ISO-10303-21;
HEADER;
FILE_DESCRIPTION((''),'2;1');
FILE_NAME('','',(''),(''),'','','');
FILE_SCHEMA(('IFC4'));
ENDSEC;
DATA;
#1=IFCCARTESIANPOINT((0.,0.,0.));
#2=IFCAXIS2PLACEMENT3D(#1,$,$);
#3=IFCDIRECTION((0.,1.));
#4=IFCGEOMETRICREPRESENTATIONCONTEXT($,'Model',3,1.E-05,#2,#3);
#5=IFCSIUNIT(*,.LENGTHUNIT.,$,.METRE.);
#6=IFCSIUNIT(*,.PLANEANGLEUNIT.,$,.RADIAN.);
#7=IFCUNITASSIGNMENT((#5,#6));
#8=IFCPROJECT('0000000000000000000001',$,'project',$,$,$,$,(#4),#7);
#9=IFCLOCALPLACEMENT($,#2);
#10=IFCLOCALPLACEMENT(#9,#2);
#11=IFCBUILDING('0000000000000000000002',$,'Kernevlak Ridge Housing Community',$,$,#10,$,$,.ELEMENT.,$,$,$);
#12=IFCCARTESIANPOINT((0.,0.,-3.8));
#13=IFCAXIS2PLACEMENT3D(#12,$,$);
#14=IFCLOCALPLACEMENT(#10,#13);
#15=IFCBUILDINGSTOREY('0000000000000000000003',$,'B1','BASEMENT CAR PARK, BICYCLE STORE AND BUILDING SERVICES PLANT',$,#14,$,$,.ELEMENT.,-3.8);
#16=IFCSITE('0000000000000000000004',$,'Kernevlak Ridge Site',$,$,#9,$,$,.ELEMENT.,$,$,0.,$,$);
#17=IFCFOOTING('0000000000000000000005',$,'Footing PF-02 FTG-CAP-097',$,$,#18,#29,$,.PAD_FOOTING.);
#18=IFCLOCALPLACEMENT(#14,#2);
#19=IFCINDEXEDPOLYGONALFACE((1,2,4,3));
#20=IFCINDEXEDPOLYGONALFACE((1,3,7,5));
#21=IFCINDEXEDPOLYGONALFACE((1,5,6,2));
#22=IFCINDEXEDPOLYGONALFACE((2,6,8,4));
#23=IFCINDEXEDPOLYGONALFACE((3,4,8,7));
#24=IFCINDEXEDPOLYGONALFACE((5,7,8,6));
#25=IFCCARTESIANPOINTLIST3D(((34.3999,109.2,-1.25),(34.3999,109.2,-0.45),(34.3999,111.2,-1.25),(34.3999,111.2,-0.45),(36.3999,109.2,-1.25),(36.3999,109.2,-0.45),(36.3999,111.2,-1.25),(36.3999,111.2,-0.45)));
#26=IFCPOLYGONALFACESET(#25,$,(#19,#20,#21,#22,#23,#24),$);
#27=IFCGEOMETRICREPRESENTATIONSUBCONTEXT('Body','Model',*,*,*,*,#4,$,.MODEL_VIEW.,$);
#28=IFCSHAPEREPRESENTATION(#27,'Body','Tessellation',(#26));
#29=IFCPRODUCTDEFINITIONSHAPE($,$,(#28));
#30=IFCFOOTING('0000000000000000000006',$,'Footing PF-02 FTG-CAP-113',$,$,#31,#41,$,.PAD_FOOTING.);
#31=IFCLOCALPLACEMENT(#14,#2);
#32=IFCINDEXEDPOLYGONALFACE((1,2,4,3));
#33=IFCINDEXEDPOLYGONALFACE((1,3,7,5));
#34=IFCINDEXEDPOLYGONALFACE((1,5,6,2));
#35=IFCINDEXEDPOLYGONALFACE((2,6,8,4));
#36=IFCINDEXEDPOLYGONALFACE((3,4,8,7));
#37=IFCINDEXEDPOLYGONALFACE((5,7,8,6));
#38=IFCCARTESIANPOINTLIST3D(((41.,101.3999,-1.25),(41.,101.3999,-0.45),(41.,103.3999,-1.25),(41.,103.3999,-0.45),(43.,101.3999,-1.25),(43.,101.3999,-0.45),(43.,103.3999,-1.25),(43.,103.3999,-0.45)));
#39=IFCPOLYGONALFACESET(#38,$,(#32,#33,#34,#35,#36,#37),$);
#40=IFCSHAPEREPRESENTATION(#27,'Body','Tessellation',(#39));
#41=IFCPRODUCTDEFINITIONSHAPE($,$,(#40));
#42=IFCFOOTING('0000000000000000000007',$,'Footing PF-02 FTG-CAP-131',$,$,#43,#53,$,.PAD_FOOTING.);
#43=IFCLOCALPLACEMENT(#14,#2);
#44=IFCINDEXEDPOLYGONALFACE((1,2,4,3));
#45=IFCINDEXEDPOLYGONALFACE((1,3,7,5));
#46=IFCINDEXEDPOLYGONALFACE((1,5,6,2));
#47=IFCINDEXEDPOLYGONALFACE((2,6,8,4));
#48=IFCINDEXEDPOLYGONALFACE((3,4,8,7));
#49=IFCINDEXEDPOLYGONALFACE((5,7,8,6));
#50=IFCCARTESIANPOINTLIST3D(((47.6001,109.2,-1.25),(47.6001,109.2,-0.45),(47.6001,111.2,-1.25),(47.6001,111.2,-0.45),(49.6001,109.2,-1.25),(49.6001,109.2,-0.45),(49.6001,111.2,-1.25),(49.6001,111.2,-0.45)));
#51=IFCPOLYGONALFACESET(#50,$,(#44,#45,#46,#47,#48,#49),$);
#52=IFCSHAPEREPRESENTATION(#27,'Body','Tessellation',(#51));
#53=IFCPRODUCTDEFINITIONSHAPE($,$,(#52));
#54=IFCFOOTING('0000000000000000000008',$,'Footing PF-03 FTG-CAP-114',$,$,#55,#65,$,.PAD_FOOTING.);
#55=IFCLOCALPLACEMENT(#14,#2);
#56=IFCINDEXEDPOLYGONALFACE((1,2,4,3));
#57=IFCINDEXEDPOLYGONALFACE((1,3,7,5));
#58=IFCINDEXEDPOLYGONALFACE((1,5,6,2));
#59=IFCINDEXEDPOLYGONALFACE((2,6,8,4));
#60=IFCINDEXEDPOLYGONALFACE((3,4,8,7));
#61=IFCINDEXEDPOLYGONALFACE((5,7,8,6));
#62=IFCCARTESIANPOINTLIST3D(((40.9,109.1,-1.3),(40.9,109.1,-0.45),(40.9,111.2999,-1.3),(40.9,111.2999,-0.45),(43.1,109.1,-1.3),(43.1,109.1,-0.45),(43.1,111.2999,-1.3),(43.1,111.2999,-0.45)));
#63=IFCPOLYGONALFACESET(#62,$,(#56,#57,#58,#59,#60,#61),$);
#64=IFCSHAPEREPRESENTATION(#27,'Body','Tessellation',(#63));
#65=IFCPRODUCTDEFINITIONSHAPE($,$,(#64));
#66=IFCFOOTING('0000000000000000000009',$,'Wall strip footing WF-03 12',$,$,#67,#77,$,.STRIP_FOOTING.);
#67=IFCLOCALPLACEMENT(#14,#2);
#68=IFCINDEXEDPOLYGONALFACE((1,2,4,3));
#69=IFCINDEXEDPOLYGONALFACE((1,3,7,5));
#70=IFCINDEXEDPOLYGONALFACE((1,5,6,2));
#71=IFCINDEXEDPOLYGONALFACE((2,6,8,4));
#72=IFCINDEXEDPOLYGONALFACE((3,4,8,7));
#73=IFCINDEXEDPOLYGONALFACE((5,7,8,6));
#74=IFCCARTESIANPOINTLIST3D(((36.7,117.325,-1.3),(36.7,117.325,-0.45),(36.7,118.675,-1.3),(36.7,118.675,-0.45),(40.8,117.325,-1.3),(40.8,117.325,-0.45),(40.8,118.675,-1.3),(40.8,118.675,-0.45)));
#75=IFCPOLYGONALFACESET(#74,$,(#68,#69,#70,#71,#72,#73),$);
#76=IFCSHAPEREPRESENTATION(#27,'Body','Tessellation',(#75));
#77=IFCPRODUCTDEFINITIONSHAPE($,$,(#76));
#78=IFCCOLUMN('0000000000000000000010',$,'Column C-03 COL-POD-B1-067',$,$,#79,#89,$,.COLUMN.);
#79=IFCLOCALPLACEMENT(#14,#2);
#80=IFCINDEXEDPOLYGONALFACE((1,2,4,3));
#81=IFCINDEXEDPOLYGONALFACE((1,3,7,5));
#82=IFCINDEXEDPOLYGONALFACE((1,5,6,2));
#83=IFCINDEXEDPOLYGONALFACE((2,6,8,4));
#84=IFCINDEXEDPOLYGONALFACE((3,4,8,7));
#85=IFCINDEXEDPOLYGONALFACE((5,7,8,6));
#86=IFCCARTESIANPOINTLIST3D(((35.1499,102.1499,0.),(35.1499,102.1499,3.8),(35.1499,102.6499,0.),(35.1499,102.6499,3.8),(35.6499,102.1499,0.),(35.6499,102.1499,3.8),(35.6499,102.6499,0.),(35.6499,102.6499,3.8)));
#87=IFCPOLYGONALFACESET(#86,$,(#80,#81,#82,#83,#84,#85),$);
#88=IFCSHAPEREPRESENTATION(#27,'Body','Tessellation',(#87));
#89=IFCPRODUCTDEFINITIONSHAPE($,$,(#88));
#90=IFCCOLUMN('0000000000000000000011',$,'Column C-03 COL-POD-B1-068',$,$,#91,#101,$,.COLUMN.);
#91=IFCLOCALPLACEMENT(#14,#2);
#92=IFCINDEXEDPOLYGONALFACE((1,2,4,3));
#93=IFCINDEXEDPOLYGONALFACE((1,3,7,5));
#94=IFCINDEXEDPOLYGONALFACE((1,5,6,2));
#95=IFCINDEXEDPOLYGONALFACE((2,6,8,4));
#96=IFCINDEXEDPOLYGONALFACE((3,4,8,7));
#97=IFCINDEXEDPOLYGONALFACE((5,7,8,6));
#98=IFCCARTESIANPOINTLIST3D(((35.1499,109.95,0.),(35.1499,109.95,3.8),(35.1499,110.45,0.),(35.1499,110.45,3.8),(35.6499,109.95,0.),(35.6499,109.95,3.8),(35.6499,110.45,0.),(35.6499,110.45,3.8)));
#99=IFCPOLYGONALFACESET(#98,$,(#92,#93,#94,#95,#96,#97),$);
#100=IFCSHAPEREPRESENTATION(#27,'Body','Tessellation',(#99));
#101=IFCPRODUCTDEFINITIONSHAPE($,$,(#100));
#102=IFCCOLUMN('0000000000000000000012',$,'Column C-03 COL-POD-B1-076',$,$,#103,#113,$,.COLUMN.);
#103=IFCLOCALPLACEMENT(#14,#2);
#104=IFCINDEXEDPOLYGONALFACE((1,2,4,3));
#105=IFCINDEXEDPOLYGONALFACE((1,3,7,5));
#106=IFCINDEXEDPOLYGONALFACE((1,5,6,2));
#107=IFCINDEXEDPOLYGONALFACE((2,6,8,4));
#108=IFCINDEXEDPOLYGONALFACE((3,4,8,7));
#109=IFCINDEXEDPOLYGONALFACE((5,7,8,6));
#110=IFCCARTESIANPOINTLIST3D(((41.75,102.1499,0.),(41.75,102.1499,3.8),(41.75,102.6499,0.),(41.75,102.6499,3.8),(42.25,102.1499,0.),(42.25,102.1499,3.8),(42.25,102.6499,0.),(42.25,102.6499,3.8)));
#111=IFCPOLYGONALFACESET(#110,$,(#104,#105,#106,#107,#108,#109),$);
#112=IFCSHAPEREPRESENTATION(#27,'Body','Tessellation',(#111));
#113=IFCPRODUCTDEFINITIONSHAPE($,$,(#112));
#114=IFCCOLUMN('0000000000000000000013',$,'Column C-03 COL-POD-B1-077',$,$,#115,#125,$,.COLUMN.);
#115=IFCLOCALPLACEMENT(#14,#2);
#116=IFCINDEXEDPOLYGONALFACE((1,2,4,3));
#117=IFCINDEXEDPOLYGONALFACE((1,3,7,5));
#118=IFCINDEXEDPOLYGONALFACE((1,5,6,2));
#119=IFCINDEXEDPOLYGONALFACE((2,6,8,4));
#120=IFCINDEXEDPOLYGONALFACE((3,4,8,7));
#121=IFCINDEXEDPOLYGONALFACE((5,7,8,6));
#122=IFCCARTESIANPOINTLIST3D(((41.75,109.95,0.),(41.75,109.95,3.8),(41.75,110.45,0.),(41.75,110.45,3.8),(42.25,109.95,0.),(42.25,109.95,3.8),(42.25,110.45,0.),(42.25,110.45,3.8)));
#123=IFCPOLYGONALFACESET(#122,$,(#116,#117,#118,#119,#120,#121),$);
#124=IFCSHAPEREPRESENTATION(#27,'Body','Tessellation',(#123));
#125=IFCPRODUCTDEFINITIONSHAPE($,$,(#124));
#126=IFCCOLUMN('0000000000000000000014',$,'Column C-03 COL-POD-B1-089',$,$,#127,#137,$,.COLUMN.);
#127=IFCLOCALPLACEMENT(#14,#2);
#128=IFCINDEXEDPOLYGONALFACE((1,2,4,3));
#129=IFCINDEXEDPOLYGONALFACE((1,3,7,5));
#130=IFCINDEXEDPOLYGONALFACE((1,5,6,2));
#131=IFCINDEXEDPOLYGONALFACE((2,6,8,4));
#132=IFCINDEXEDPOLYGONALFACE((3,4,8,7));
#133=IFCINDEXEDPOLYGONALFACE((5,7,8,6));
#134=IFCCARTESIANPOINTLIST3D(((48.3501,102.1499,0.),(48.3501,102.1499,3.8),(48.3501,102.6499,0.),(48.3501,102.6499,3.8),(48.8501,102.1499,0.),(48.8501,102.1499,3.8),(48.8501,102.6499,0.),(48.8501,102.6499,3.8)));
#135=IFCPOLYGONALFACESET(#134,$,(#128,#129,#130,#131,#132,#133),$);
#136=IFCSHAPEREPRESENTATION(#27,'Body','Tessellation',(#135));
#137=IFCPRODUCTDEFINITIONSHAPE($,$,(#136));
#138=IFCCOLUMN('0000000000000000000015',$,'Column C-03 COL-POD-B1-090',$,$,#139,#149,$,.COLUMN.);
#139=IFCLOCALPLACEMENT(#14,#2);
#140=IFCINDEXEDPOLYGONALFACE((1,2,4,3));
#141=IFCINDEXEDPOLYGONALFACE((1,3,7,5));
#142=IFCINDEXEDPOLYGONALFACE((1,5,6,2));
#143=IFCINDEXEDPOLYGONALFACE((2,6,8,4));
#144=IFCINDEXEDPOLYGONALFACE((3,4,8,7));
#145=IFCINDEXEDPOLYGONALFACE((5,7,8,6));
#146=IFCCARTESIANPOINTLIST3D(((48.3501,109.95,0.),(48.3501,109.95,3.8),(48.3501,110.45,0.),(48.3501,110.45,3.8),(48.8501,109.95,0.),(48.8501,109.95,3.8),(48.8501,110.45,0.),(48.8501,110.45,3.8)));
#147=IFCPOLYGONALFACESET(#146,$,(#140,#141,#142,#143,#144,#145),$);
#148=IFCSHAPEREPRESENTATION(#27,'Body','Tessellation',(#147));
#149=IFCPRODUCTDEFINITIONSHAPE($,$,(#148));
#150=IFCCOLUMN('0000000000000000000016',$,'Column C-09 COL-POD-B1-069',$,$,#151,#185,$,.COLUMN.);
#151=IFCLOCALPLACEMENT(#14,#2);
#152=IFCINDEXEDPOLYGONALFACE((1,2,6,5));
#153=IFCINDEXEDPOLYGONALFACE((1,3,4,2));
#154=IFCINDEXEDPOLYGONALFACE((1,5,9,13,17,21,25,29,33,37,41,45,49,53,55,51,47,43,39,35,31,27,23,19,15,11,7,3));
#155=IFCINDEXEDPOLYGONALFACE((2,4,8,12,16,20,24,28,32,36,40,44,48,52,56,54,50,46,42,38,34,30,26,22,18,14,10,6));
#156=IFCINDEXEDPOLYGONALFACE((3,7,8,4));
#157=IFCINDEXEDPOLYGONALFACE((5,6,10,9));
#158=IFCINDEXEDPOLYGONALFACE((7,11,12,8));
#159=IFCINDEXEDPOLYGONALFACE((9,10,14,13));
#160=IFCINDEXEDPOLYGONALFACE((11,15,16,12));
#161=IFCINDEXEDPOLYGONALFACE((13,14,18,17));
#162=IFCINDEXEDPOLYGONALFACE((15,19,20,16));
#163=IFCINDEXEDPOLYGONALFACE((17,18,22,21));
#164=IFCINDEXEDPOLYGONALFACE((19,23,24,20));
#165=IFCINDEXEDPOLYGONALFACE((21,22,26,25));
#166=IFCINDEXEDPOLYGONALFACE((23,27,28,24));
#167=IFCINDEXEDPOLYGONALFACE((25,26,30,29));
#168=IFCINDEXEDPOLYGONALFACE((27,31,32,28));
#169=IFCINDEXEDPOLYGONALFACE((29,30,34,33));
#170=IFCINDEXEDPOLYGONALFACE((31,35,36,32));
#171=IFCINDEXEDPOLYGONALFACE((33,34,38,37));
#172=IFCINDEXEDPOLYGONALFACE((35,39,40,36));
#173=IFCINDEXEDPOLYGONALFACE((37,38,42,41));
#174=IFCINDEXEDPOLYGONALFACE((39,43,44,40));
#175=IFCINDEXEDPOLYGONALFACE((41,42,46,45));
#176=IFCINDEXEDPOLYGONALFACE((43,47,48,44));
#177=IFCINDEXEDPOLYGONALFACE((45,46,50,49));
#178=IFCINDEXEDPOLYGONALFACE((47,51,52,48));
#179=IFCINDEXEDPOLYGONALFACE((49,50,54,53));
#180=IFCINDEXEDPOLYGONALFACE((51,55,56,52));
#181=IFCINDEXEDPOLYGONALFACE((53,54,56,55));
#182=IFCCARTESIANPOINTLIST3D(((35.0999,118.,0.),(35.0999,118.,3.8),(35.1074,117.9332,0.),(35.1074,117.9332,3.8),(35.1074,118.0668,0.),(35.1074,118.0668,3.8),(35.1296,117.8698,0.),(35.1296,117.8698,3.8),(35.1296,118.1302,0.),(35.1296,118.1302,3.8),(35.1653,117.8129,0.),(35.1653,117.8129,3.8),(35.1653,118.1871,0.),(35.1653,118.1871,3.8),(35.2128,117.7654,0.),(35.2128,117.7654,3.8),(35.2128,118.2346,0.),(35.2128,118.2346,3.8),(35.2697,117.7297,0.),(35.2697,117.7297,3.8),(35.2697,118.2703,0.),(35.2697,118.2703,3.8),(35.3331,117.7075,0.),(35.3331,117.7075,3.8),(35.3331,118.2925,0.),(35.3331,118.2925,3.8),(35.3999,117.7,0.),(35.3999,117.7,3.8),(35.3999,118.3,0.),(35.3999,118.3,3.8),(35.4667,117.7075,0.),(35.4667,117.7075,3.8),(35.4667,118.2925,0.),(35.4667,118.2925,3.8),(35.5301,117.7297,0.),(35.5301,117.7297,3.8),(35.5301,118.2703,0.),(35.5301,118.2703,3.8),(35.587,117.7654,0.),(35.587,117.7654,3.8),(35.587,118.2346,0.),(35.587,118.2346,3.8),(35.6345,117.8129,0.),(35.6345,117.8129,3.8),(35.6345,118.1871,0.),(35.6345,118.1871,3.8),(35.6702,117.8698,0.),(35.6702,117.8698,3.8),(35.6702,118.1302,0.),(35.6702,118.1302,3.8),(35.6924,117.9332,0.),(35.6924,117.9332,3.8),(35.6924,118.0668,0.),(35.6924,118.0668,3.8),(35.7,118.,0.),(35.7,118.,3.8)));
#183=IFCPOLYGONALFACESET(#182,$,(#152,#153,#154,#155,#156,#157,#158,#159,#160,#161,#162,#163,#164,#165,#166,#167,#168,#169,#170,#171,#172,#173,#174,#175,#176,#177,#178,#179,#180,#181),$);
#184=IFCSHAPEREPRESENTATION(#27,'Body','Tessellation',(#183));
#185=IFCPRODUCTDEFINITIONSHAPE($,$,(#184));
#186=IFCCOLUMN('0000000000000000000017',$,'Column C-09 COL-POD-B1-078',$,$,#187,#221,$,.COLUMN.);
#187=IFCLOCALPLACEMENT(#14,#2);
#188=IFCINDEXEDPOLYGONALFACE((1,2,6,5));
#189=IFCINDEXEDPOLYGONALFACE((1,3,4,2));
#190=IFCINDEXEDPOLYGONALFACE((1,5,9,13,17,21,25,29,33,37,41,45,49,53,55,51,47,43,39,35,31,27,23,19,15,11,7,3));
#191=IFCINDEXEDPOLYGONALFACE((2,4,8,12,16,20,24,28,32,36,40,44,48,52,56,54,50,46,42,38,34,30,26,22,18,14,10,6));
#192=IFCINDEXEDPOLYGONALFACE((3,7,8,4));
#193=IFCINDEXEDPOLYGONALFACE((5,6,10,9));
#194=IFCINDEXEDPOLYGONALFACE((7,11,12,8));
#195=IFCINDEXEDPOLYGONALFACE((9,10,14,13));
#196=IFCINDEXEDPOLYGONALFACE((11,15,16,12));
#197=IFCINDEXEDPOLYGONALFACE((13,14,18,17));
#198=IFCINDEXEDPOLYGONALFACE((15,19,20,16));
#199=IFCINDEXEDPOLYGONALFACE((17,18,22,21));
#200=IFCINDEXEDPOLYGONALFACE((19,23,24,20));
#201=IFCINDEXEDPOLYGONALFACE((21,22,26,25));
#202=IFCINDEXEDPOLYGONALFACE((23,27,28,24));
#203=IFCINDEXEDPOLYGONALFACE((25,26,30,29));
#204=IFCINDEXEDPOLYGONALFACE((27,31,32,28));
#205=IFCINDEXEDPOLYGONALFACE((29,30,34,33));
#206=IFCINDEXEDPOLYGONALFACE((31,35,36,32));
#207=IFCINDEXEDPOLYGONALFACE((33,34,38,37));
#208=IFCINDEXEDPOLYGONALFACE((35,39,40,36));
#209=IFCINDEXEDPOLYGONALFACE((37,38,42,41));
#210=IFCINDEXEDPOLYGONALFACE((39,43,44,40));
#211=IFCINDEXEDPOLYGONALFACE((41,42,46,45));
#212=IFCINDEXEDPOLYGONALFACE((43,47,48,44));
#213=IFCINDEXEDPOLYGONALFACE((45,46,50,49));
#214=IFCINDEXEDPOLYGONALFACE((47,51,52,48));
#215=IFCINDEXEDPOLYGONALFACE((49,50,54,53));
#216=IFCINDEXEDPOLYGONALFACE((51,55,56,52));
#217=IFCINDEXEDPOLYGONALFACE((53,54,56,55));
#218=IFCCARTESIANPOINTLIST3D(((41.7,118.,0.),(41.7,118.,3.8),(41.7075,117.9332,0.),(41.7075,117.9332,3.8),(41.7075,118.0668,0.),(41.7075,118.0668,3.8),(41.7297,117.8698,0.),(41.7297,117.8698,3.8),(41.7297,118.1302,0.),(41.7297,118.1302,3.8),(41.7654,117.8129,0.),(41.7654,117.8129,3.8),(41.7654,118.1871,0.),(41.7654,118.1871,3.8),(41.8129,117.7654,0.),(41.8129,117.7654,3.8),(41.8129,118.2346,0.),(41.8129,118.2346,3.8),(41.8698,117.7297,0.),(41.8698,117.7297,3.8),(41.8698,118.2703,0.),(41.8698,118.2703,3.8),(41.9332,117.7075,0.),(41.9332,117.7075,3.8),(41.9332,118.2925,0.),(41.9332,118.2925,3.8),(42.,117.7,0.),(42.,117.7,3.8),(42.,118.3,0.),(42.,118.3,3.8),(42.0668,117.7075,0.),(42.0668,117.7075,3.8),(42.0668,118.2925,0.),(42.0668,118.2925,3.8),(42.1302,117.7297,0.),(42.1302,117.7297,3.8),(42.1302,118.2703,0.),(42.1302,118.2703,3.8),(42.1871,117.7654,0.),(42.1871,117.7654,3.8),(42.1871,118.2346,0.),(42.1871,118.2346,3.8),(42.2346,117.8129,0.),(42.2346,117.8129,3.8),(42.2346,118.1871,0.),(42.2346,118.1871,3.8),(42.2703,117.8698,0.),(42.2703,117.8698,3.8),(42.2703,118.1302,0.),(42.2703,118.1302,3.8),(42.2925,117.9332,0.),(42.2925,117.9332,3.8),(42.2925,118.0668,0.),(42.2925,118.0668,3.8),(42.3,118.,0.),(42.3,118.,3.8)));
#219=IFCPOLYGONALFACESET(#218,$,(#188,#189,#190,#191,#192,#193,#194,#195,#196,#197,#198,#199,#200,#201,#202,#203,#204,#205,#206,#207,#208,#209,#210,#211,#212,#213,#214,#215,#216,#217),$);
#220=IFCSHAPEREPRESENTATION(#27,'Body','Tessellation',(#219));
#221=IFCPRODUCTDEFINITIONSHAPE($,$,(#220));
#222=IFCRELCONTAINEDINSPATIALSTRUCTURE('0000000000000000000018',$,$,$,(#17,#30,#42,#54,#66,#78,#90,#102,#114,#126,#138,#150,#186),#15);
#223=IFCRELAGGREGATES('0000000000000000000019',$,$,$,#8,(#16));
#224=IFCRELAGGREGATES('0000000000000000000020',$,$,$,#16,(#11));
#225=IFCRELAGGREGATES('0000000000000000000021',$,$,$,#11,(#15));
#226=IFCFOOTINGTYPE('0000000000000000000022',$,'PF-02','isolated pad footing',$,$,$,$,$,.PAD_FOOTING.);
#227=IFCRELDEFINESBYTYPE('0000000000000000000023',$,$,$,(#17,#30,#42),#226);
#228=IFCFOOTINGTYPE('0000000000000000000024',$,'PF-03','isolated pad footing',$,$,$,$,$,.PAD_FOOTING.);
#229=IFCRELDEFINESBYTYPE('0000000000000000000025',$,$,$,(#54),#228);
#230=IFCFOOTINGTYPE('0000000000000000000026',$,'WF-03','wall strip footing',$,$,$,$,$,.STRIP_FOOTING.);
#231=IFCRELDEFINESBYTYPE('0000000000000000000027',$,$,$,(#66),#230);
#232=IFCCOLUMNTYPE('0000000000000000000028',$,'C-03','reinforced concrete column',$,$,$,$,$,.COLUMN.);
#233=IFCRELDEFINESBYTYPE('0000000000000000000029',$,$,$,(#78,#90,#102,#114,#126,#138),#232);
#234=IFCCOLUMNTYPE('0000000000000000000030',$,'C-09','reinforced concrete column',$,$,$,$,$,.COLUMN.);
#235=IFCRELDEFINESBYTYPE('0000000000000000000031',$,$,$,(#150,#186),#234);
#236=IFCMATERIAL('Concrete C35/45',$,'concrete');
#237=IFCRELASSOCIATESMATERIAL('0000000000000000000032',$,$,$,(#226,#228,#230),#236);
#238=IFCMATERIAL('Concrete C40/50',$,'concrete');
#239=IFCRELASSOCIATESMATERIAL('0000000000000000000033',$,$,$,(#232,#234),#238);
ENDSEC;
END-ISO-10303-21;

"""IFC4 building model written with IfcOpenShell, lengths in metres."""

from ifc_helpers import new_model, si_unit, direction, frame, origin, origin_2d, place, context, subcontext, project, spatial, rectangle, circle, extrude, material, material_profile, profile_set, type_object, element, save


model = new_model("IFC4")

# Units and contexts
model_context = context("Model", 3, precision=1e-05, world=origin(), true_north=direction((0.0, 1.0)))
body_context = subcontext(model_context, "Body", "Model", "MODEL_VIEW")
ifc_project = project(units=[si_unit("LENGTHUNIT", "METRE"), si_unit("PLANEANGLEUNIT", "RADIAN")], contexts=[model_context])

# Site, building, storey
site_placement = place(None, origin())
site = spatial("IfcSite", under=ifc_project, at=site_placement, Name="Kernevlak Ridge Site", CompositionType="ELEMENT", RefElevation=0.0)
building_placement = place(site_placement, origin())
building = spatial("IfcBuilding", under=site, at=building_placement, Name="Kernevlak Ridge Housing Community", CompositionType="ELEMENT")
storey_placement = place(building_placement, frame((0.0, 0.0, -3.8)))
storey = spatial("IfcBuildingStorey", under=building, at=storey_placement, Name="B1", Description="BASEMENT CAR PARK, BICYCLE STORE AND BUILDING SERVICES PLANT", CompositionType="ELEMENT", Elevation=-3.8)

# Shared definitions
ifc_material_1 = material(Name="Concrete C35/45", Category="concrete")

# Footings
footing_type_1 = type_object("IfcFootingType", Name="PF-02", Description="isolated pad footing", PredefinedType="PAD_FOOTING", material=ifc_material_1)
for number, where, z_axis, x_axis, name in (
    (1, (35.3999, 110.2, -1.25), (0.0, 0.0, 1.0), (1.0, 0.0, 0.0), "Footing PF-02 FTG-CAP-097"),
    (2, (42.0, 102.3999, -1.25), (0.0, 0.0, 1.0), (1.0, 0.0, 0.0), "Footing PF-02 FTG-CAP-113"),
    (3, (48.6001, 110.2, -1.25), (0.0, 0.0, 1.0), (1.0, 0.0, 0.0), "Footing PF-02 FTG-CAP-131"),
):
    element("IfcFooting", number, at=place(storey_placement, frame(where, z_axis=z_axis, x_axis=x_axis)), inside=storey, type_object=footing_type_1, Name=name, PredefinedType="PAD_FOOTING", context=body_context, shape_type="SweptSolid", body=[
        extrude(rectangle(XDim=2.0, YDim=2.0, at=origin_2d()), origin(), (0.0, 0.0, 1.0), 0.8),
    ])
footing_type_2 = type_object("IfcFootingType", Name="PF-03", Description="isolated pad footing", PredefinedType="PAD_FOOTING", material=ifc_material_1)
footing_1_placement = place(storey_placement, frame((42.0, 110.2, -1.3), z_axis=(0.0, 0.0, 1.0), x_axis=(1.0, 0.0, 0.0)))
element("IfcFooting", 4, at=footing_1_placement, inside=storey, type_object=footing_type_2, Name="Footing PF-03 FTG-CAP-114", PredefinedType="PAD_FOOTING", context=body_context, shape_type="SweptSolid", body=[
    extrude(rectangle(XDim=2.2, YDim=2.2, at=origin_2d()), origin(), (0.0, 0.0, 1.0), 0.8501),
])
footing_type_3 = type_object("IfcFootingType", Name="WF-03", Description="wall strip footing", PredefinedType="STRIP_FOOTING", material=ifc_material_1)
footing_2_placement = place(storey_placement, frame((38.75, 118.0, -1.3), z_axis=(0.0, 0.0, 1.0), x_axis=(1.0, 0.0, 0.0)))
element("IfcFooting", 5, at=footing_2_placement, inside=storey, type_object=footing_type_3, Name="Wall strip footing WF-03 12", PredefinedType="STRIP_FOOTING", context=body_context, shape_type="SweptSolid", body=[
    extrude(rectangle(XDim=4.1001, YDim=1.3501, at=origin_2d()), origin(), (0.0, 0.0, 1.0), 0.8501),
])

# Columns
ifc_material_2 = material(Name="Concrete C40/50", Category="concrete")
ifc_material_profile_1 = material_profile(ifc_material_2, rectangle(XDim=0.5, YDim=0.5, at=origin_2d()), Name="RC 500x500")
ifc_profile_set_1 = profile_set([ifc_material_profile_1], Name="Concrete C40/50")
column_type_1 = type_object("IfcColumnType", Name="C-03", Description="reinforced concrete column", PredefinedType="COLUMN", material=ifc_profile_set_1)
for number, where, z_axis, x_axis, name in (
    (6, (35.3999, 102.3999, 0.0), (0.0, 0.0, 1.0), (1.0, 0.0, 0.0), "Column C-03 COL-POD-B1-067"),
    (7, (35.3999, 110.2, 0.0), (0.0, 0.0, 1.0), (1.0, 0.0, 0.0), "Column C-03 COL-POD-B1-068"),
    (8, (42.0, 102.3999, 0.0), (0.0, 0.0, 1.0), (1.0, 0.0, 0.0), "Column C-03 COL-POD-B1-076"),
    (9, (42.0, 110.2, 0.0), (0.0, 0.0, 1.0), (1.0, 0.0, 0.0), "Column C-03 COL-POD-B1-077"),
    (10, (48.6001, 102.3999, 0.0), (0.0, 0.0, 1.0), (1.0, 0.0, 0.0), "Column C-03 COL-POD-B1-089"),
    (11, (48.6001, 110.2, 0.0), (0.0, 0.0, 1.0), (1.0, 0.0, 0.0), "Column C-03 COL-POD-B1-090"),
):
    element("IfcColumn", number, at=place(storey_placement, frame(where, z_axis=z_axis, x_axis=x_axis)), inside=storey, type_object=column_type_1, Name=name, PredefinedType="COLUMN", context=body_context, shape_type="SweptSolid", body=[
        extrude(rectangle(XDim=0.5, YDim=0.5, at=origin_2d()), origin(), (0.0, 0.0, 1.0), 3.8),
    ])
ifc_material_profile_2 = material_profile(ifc_material_2, circle(Radius=0.3, at=origin_2d()), Name="RC D600")
ifc_profile_set_2 = profile_set([ifc_material_profile_2], Name="Concrete C40/50")
column_type_2 = type_object("IfcColumnType", Name="C-09", Description="reinforced concrete column", PredefinedType="COLUMN", material=ifc_profile_set_2)
for number, where, z_axis, x_axis, name in (
    (12, (35.3999, 118.0, 0.0), (0.0, 0.0, 1.0), (1.0, 0.0, 0.0), "Column C-09 COL-POD-B1-069"),
    (13, (42.0, 118.0, 0.0), (0.0, 0.0, 1.0), (1.0, 0.0, 0.0), "Column C-09 COL-POD-B1-078"),
):
    element("IfcColumn", number, at=place(storey_placement, frame(where, z_axis=z_axis, x_axis=x_axis)), inside=storey, type_object=column_type_2, Name=name, PredefinedType="COLUMN", context=body_context, shape_type="SweptSolid", body=[
        extrude(circle(Radius=0.3, at=origin_2d()), origin(), (0.0, 0.0, 1.0), 3.8),
    ])

save(model, "model.ifc")
